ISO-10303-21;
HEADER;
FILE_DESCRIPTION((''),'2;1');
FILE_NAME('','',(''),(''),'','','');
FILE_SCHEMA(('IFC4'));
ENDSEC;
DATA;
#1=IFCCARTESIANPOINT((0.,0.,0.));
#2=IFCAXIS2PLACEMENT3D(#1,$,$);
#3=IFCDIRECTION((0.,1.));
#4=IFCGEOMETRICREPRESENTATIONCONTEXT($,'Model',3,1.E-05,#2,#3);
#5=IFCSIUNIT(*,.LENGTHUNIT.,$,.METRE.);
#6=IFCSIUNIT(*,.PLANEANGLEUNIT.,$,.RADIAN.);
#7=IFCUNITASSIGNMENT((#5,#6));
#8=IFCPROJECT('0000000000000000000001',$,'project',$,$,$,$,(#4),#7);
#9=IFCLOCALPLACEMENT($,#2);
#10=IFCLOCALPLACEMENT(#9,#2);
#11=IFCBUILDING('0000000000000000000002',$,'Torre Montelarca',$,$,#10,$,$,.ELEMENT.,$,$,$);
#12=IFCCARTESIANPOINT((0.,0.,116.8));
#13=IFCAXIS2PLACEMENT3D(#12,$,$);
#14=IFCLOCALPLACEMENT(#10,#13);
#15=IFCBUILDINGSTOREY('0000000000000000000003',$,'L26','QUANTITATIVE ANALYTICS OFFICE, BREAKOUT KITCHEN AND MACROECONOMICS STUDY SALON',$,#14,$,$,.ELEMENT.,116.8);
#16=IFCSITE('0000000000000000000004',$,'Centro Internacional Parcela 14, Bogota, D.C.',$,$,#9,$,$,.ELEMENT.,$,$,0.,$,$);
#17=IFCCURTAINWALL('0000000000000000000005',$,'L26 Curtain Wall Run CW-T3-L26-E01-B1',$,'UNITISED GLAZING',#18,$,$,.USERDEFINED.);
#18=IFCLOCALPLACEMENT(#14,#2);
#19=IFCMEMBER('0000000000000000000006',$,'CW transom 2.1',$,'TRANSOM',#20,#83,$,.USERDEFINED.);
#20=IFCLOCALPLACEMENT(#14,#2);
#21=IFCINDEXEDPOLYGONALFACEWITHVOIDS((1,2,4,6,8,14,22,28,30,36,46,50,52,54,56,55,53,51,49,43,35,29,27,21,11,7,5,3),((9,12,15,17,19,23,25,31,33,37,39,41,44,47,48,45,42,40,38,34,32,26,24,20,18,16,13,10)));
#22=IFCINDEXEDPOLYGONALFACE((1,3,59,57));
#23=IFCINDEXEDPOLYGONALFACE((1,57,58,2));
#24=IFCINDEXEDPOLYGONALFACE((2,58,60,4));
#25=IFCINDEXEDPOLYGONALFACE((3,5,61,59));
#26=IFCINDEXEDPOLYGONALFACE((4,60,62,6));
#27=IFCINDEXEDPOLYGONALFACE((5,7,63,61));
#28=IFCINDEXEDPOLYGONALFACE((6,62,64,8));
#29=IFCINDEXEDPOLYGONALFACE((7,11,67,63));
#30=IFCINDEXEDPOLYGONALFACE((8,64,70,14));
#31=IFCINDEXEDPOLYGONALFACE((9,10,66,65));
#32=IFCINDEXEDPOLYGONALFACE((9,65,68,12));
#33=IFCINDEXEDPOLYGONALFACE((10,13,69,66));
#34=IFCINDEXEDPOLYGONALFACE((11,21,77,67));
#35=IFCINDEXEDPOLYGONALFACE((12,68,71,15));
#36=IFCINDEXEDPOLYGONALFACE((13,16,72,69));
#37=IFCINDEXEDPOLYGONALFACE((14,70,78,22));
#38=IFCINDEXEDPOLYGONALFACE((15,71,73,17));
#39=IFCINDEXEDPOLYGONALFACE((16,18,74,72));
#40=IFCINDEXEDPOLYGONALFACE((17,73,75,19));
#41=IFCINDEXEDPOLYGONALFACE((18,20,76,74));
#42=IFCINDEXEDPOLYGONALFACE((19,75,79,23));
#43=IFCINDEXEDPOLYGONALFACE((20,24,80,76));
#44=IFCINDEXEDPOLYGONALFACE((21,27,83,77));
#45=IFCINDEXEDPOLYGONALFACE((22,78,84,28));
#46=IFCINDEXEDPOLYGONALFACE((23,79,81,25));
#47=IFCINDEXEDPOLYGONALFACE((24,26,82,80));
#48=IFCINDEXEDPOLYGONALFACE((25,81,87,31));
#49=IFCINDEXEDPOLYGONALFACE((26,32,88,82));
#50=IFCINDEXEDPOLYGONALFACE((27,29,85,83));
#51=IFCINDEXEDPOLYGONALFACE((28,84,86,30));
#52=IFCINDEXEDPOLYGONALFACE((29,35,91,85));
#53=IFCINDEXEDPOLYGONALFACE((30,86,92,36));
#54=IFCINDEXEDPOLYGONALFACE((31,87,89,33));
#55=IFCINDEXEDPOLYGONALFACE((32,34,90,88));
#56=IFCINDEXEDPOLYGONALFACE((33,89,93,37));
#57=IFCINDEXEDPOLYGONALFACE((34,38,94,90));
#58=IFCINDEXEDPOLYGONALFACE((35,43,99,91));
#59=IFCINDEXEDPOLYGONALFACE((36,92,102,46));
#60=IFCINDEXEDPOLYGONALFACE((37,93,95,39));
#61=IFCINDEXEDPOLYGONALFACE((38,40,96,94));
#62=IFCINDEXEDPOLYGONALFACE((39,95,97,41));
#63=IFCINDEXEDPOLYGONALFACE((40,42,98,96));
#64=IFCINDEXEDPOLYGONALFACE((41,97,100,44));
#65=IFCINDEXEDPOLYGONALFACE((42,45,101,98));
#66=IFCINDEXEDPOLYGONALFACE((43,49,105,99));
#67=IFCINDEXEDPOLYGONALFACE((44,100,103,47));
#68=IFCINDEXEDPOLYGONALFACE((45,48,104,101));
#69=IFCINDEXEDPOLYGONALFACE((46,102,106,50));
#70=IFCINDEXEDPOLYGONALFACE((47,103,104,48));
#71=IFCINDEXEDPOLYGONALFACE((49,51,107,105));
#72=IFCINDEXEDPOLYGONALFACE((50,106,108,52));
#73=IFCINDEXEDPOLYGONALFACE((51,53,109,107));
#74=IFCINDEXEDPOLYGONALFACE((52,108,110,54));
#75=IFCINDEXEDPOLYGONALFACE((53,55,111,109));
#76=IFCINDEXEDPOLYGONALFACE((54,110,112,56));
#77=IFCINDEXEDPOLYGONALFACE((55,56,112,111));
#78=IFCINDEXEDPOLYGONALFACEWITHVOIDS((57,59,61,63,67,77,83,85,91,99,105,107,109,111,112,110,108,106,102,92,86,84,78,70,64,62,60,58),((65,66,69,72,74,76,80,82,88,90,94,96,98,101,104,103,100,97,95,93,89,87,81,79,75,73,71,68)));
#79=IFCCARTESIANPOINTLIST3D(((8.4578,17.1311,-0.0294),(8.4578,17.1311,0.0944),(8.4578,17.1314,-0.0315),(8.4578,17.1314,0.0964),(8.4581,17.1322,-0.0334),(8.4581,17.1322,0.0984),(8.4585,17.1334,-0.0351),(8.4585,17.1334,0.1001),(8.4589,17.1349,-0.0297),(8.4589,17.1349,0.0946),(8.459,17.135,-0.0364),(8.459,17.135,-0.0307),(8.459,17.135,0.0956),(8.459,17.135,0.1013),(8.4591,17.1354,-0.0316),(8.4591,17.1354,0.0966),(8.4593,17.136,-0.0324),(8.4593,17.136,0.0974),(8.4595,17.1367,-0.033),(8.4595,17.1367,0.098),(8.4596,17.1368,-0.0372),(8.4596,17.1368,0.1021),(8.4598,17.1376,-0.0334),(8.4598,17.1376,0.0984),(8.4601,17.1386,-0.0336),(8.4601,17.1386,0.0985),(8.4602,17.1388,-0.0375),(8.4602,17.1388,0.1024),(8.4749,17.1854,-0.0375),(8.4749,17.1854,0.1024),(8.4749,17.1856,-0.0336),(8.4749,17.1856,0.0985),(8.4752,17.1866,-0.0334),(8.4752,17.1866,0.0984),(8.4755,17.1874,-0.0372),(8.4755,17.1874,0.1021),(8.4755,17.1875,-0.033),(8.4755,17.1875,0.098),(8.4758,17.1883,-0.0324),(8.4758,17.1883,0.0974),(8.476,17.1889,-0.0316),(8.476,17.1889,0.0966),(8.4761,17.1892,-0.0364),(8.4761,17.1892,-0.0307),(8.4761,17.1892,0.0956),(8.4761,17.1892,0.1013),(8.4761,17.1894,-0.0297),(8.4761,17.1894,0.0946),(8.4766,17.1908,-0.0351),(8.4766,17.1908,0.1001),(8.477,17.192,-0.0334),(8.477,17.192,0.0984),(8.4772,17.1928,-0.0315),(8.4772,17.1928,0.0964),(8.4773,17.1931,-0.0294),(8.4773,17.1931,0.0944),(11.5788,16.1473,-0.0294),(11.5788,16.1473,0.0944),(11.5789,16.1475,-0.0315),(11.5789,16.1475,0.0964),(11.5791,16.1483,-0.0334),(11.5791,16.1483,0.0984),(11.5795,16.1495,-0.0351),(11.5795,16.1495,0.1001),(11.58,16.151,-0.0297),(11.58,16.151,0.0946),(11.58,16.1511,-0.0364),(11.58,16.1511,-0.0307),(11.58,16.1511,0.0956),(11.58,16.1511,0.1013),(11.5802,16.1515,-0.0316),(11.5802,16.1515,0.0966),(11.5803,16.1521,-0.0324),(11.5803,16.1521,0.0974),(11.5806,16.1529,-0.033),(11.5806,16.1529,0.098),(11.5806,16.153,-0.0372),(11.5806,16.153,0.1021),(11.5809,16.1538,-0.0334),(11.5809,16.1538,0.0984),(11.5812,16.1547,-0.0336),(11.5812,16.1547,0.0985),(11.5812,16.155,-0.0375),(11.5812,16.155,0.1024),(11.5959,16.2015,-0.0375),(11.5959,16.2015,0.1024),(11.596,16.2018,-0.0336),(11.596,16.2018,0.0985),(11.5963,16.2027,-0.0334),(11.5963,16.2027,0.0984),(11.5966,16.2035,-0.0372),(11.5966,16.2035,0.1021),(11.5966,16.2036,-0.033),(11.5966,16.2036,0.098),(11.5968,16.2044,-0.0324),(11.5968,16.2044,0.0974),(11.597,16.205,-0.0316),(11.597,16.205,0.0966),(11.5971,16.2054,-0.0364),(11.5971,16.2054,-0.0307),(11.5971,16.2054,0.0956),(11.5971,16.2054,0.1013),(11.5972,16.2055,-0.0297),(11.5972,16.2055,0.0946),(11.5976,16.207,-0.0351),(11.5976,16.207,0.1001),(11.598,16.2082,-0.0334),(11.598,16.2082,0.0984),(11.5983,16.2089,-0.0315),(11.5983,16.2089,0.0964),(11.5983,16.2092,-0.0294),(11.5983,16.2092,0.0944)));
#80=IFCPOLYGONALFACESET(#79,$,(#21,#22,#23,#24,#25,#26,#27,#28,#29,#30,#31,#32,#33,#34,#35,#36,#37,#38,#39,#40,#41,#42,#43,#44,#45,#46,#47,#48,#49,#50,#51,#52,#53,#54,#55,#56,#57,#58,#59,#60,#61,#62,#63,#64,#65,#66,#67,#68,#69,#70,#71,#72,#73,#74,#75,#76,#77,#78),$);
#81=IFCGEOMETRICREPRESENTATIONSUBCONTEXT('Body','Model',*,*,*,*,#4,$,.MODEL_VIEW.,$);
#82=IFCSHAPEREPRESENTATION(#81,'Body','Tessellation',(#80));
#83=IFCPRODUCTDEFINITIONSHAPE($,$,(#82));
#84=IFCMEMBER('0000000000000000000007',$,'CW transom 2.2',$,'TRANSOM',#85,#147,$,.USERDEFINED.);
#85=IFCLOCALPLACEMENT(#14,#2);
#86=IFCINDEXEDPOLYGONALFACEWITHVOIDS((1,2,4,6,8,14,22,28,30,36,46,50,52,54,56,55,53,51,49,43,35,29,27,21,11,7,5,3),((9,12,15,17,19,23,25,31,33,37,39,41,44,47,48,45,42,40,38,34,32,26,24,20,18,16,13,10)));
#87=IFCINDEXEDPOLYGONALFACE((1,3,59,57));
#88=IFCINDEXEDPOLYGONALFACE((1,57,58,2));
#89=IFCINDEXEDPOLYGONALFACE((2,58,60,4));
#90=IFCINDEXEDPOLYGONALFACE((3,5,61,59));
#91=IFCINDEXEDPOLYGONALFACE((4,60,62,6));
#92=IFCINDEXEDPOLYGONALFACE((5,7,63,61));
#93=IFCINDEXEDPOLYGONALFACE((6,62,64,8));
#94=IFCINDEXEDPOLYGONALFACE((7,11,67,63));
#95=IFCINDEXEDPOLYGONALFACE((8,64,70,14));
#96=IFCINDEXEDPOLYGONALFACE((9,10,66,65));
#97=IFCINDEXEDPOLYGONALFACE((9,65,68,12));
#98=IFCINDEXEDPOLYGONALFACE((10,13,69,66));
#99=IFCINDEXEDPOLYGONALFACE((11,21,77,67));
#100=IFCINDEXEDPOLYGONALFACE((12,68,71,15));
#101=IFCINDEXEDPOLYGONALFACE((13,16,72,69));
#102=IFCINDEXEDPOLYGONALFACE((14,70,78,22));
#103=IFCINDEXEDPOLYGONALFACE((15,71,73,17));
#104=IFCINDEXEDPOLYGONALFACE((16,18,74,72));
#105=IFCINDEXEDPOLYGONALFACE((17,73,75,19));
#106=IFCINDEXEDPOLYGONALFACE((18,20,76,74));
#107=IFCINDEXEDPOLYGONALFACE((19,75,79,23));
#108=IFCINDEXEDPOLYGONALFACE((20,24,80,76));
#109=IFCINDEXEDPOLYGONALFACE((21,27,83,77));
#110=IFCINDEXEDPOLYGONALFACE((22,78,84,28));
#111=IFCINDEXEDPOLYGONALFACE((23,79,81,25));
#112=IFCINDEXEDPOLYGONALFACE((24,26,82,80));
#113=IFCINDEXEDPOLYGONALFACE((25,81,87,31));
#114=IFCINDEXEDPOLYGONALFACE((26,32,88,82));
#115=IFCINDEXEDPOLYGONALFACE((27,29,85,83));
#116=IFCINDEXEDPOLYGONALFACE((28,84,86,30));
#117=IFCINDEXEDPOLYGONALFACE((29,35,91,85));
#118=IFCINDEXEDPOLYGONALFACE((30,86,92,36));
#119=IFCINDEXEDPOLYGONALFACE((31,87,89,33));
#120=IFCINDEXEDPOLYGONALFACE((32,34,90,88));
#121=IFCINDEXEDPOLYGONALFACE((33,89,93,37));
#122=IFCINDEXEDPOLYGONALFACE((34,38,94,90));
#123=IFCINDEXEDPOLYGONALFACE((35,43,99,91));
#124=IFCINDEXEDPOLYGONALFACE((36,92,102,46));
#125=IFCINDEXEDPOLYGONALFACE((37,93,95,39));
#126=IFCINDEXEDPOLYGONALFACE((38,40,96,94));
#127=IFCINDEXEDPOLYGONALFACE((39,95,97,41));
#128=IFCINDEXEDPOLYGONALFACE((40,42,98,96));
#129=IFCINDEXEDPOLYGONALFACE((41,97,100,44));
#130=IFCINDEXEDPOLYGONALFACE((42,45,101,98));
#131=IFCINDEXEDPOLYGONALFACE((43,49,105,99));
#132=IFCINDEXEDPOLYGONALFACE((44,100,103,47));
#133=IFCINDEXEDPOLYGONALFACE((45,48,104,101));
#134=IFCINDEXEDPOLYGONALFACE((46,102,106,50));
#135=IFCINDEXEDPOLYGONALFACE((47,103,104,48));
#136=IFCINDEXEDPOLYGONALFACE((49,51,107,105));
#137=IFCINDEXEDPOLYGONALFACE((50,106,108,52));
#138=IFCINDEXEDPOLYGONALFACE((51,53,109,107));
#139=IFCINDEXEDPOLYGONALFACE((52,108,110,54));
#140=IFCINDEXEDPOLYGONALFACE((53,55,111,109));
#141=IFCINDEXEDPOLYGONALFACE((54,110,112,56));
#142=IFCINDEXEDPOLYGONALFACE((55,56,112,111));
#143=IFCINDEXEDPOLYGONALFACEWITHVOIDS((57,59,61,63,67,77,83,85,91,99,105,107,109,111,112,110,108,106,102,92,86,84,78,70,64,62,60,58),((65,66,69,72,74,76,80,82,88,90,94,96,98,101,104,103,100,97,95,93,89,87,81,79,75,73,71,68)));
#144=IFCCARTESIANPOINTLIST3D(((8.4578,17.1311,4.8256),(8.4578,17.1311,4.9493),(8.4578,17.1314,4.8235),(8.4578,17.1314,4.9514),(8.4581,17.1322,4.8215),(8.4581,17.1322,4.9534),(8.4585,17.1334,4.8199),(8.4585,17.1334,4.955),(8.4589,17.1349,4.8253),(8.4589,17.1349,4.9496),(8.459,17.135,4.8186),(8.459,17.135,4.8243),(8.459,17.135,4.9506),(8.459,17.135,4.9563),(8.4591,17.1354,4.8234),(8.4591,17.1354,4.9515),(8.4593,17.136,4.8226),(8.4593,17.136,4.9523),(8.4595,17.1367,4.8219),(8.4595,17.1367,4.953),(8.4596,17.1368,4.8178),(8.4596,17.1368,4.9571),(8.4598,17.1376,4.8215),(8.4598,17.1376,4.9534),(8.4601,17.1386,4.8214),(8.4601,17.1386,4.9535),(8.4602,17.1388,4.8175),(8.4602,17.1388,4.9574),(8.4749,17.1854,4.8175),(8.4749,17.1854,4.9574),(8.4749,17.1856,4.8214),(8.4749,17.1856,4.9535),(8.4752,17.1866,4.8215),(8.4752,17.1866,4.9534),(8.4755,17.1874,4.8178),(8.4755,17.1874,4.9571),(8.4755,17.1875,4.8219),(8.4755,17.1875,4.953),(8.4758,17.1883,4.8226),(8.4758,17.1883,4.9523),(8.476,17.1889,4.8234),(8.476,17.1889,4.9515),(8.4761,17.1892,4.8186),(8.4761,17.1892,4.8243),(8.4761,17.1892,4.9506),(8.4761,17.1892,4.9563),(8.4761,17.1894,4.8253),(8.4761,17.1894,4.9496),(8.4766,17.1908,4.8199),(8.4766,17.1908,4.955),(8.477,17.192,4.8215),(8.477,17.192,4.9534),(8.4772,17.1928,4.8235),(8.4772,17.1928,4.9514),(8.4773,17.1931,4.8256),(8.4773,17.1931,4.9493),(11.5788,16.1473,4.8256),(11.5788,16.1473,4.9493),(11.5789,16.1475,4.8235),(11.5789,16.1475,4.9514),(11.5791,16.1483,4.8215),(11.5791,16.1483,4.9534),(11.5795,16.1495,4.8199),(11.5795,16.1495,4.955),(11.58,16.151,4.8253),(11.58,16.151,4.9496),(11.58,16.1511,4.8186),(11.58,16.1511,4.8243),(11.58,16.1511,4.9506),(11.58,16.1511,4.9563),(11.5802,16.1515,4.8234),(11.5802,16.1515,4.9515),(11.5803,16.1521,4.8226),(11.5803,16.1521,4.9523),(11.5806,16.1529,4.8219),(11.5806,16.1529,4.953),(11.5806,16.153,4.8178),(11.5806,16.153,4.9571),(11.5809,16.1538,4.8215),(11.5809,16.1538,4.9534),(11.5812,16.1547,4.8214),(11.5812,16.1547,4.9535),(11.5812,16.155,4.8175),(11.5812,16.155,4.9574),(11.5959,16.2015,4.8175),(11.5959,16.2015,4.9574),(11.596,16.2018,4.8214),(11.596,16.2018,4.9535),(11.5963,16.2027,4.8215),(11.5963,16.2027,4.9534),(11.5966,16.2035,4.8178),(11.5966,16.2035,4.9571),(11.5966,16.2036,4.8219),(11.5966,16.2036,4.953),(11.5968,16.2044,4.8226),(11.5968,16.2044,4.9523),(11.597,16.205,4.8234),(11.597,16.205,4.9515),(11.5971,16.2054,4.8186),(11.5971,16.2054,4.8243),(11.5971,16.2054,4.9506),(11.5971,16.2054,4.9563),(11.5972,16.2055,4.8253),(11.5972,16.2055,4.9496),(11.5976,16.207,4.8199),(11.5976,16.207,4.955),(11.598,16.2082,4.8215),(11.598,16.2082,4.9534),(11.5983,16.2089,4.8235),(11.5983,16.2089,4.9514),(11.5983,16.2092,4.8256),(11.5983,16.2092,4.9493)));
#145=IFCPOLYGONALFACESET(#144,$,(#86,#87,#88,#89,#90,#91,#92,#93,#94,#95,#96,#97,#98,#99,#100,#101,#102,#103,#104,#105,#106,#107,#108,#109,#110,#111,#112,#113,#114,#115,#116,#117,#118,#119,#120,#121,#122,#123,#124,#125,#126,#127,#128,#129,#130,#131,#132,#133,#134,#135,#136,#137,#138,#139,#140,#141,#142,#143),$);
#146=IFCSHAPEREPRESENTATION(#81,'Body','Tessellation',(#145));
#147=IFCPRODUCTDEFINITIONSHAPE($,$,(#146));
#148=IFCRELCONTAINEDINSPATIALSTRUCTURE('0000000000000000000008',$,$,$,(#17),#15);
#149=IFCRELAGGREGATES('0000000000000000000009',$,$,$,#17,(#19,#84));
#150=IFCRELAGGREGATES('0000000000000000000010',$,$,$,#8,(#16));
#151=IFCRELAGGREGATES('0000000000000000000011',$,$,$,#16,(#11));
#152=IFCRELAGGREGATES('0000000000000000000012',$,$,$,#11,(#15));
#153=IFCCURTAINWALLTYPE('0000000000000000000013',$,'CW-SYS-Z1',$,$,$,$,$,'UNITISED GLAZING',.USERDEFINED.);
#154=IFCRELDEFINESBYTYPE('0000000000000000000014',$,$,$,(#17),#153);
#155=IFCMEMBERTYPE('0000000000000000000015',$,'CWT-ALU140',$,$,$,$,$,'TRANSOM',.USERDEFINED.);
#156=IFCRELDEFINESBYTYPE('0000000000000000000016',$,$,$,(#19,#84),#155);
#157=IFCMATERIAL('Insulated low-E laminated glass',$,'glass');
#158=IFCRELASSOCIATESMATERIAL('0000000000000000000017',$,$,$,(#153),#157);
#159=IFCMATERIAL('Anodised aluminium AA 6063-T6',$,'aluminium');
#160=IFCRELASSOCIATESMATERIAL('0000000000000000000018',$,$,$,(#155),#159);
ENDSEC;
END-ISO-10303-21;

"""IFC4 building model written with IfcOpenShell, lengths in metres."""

from ifc_helpers import new_model, si_unit, direction, frame, origin, origin_2d, place, context, subcontext, project, spatial, hollow_rectangle, extrude, source, transform, mapped, material, material_profile, profile_set, type_object, element, aggregate, save


model = new_model("IFC4")

# Units and contexts
model_context = context("Model", 3, precision=1e-05, world=origin(), true_north=direction((0.0, 1.0)))
body_context = subcontext(model_context, "Body", "Model", "MODEL_VIEW")
ifc_project = project(units=[si_unit("LENGTHUNIT", "METRE"), si_unit("PLANEANGLEUNIT", "RADIAN")], contexts=[model_context])

# Site, building, storey
site_placement = place(None, origin())
site = spatial("IfcSite", under=ifc_project, at=site_placement, Name="Centro Internacional Parcela 14, Bogota, D.C.", CompositionType="ELEMENT", RefElevation=0.0)
building_placement = place(site_placement, origin())
building = spatial("IfcBuilding", under=site, at=building_placement, Name="Torre Montelarca", CompositionType="ELEMENT")
storey_placement = place(building_placement, frame((0.0, 0.0, 116.8)))
storey = spatial("IfcBuildingStorey", under=building, at=storey_placement, Name="L26", Description="QUANTITATIVE ANALYTICS OFFICE, BREAKOUT KITCHEN AND MACROECONOMICS STUDY SALON", CompositionType="ELEMENT", Elevation=116.8)

# Curtain wall, members
ifc_material_1 = material(Name="Insulated low-E laminated glass", Category="glass")
curtain_wall_type = type_object("IfcCurtainWallType", Name="CW-SYS-Z1", ElementType="UNITISED GLAZING", PredefinedType="USERDEFINED", material=ifc_material_1)
curtain_wall_1_placement = place(storey_placement, origin())
curtain_wall_1 = element("IfcCurtainWall", 1, at=curtain_wall_1_placement, inside=storey, type_object=curtain_wall_type, Name="L26 Curtain Wall Run CW-T3-L26-E01-B1", ObjectType="UNITISED GLAZING", PredefinedType="USERDEFINED")
ifc_material_2 = material(Name="Anodised aluminium AA 6063-T6", Category="aluminium")
ifc_material_profile_1 = material_profile(ifc_material_2, hollow_rectangle(XDim=0.0649, YDim=0.1399, WallThickness=0.0039, InnerFilletRadius=0.0039, OuterFilletRadius=0.0081, at=origin_2d()), Name="ALU65X140X4", Category="aluminium")
ifc_profile_set_1 = profile_set([ifc_material_profile_1], Name="Anodised aluminium AA 6063-T6")
member_type_1 = type_object("IfcMemberType", Name="CWT-ALU140", ElementType="TRANSOM", PredefinedType="USERDEFINED", material=ifc_profile_set_1)
shared_shape_1 = source(origin(), body_context, "Body", "SweptSolid", [
    extrude(hollow_rectangle(XDim=0.0649, YDim=0.1399, WallThickness=0.0039, InnerFilletRadius=0.0039, OuterFilletRadius=0.0081, at=origin_2d()), origin(), (0.0, 0.0, 1.0), 3.2725),
])
member_1_placement = place(storey_placement, frame((8.4675, 17.1621, 0.0325), z_axis=(0.953734, -0.300653, 0.0), x_axis=(0.300653, 0.953734, 0.0)))
member_1 = element("IfcMember", 2, at=member_1_placement, type_object=member_type_1, Name="CW transom 2.1", ObjectType="TRANSOM", PredefinedType="USERDEFINED", context=body_context, shape_type="MappedRepresentation", body=[
    mapped(shared_shape_1, transform((0.0, 0.0, 0.0), scale=1.0)),
])
member_2_placement = place(storey_placement, frame((8.4675, 17.1621, 4.8875), z_axis=(0.953734, -0.300653, 0.0), x_axis=(0.300653, 0.953734, 0.0)))
member_2 = element("IfcMember", 3, at=member_2_placement, type_object=member_type_1, Name="CW transom 2.2", ObjectType="TRANSOM", PredefinedType="USERDEFINED", context=body_context, shape_type="MappedRepresentation", body=[
    mapped(shared_shape_1, transform((0.0, 0.0, 0.0), scale=1.0)),
])

aggregate(curtain_wall_1, [member_1, member_2])

save(model, "model.ifc")
